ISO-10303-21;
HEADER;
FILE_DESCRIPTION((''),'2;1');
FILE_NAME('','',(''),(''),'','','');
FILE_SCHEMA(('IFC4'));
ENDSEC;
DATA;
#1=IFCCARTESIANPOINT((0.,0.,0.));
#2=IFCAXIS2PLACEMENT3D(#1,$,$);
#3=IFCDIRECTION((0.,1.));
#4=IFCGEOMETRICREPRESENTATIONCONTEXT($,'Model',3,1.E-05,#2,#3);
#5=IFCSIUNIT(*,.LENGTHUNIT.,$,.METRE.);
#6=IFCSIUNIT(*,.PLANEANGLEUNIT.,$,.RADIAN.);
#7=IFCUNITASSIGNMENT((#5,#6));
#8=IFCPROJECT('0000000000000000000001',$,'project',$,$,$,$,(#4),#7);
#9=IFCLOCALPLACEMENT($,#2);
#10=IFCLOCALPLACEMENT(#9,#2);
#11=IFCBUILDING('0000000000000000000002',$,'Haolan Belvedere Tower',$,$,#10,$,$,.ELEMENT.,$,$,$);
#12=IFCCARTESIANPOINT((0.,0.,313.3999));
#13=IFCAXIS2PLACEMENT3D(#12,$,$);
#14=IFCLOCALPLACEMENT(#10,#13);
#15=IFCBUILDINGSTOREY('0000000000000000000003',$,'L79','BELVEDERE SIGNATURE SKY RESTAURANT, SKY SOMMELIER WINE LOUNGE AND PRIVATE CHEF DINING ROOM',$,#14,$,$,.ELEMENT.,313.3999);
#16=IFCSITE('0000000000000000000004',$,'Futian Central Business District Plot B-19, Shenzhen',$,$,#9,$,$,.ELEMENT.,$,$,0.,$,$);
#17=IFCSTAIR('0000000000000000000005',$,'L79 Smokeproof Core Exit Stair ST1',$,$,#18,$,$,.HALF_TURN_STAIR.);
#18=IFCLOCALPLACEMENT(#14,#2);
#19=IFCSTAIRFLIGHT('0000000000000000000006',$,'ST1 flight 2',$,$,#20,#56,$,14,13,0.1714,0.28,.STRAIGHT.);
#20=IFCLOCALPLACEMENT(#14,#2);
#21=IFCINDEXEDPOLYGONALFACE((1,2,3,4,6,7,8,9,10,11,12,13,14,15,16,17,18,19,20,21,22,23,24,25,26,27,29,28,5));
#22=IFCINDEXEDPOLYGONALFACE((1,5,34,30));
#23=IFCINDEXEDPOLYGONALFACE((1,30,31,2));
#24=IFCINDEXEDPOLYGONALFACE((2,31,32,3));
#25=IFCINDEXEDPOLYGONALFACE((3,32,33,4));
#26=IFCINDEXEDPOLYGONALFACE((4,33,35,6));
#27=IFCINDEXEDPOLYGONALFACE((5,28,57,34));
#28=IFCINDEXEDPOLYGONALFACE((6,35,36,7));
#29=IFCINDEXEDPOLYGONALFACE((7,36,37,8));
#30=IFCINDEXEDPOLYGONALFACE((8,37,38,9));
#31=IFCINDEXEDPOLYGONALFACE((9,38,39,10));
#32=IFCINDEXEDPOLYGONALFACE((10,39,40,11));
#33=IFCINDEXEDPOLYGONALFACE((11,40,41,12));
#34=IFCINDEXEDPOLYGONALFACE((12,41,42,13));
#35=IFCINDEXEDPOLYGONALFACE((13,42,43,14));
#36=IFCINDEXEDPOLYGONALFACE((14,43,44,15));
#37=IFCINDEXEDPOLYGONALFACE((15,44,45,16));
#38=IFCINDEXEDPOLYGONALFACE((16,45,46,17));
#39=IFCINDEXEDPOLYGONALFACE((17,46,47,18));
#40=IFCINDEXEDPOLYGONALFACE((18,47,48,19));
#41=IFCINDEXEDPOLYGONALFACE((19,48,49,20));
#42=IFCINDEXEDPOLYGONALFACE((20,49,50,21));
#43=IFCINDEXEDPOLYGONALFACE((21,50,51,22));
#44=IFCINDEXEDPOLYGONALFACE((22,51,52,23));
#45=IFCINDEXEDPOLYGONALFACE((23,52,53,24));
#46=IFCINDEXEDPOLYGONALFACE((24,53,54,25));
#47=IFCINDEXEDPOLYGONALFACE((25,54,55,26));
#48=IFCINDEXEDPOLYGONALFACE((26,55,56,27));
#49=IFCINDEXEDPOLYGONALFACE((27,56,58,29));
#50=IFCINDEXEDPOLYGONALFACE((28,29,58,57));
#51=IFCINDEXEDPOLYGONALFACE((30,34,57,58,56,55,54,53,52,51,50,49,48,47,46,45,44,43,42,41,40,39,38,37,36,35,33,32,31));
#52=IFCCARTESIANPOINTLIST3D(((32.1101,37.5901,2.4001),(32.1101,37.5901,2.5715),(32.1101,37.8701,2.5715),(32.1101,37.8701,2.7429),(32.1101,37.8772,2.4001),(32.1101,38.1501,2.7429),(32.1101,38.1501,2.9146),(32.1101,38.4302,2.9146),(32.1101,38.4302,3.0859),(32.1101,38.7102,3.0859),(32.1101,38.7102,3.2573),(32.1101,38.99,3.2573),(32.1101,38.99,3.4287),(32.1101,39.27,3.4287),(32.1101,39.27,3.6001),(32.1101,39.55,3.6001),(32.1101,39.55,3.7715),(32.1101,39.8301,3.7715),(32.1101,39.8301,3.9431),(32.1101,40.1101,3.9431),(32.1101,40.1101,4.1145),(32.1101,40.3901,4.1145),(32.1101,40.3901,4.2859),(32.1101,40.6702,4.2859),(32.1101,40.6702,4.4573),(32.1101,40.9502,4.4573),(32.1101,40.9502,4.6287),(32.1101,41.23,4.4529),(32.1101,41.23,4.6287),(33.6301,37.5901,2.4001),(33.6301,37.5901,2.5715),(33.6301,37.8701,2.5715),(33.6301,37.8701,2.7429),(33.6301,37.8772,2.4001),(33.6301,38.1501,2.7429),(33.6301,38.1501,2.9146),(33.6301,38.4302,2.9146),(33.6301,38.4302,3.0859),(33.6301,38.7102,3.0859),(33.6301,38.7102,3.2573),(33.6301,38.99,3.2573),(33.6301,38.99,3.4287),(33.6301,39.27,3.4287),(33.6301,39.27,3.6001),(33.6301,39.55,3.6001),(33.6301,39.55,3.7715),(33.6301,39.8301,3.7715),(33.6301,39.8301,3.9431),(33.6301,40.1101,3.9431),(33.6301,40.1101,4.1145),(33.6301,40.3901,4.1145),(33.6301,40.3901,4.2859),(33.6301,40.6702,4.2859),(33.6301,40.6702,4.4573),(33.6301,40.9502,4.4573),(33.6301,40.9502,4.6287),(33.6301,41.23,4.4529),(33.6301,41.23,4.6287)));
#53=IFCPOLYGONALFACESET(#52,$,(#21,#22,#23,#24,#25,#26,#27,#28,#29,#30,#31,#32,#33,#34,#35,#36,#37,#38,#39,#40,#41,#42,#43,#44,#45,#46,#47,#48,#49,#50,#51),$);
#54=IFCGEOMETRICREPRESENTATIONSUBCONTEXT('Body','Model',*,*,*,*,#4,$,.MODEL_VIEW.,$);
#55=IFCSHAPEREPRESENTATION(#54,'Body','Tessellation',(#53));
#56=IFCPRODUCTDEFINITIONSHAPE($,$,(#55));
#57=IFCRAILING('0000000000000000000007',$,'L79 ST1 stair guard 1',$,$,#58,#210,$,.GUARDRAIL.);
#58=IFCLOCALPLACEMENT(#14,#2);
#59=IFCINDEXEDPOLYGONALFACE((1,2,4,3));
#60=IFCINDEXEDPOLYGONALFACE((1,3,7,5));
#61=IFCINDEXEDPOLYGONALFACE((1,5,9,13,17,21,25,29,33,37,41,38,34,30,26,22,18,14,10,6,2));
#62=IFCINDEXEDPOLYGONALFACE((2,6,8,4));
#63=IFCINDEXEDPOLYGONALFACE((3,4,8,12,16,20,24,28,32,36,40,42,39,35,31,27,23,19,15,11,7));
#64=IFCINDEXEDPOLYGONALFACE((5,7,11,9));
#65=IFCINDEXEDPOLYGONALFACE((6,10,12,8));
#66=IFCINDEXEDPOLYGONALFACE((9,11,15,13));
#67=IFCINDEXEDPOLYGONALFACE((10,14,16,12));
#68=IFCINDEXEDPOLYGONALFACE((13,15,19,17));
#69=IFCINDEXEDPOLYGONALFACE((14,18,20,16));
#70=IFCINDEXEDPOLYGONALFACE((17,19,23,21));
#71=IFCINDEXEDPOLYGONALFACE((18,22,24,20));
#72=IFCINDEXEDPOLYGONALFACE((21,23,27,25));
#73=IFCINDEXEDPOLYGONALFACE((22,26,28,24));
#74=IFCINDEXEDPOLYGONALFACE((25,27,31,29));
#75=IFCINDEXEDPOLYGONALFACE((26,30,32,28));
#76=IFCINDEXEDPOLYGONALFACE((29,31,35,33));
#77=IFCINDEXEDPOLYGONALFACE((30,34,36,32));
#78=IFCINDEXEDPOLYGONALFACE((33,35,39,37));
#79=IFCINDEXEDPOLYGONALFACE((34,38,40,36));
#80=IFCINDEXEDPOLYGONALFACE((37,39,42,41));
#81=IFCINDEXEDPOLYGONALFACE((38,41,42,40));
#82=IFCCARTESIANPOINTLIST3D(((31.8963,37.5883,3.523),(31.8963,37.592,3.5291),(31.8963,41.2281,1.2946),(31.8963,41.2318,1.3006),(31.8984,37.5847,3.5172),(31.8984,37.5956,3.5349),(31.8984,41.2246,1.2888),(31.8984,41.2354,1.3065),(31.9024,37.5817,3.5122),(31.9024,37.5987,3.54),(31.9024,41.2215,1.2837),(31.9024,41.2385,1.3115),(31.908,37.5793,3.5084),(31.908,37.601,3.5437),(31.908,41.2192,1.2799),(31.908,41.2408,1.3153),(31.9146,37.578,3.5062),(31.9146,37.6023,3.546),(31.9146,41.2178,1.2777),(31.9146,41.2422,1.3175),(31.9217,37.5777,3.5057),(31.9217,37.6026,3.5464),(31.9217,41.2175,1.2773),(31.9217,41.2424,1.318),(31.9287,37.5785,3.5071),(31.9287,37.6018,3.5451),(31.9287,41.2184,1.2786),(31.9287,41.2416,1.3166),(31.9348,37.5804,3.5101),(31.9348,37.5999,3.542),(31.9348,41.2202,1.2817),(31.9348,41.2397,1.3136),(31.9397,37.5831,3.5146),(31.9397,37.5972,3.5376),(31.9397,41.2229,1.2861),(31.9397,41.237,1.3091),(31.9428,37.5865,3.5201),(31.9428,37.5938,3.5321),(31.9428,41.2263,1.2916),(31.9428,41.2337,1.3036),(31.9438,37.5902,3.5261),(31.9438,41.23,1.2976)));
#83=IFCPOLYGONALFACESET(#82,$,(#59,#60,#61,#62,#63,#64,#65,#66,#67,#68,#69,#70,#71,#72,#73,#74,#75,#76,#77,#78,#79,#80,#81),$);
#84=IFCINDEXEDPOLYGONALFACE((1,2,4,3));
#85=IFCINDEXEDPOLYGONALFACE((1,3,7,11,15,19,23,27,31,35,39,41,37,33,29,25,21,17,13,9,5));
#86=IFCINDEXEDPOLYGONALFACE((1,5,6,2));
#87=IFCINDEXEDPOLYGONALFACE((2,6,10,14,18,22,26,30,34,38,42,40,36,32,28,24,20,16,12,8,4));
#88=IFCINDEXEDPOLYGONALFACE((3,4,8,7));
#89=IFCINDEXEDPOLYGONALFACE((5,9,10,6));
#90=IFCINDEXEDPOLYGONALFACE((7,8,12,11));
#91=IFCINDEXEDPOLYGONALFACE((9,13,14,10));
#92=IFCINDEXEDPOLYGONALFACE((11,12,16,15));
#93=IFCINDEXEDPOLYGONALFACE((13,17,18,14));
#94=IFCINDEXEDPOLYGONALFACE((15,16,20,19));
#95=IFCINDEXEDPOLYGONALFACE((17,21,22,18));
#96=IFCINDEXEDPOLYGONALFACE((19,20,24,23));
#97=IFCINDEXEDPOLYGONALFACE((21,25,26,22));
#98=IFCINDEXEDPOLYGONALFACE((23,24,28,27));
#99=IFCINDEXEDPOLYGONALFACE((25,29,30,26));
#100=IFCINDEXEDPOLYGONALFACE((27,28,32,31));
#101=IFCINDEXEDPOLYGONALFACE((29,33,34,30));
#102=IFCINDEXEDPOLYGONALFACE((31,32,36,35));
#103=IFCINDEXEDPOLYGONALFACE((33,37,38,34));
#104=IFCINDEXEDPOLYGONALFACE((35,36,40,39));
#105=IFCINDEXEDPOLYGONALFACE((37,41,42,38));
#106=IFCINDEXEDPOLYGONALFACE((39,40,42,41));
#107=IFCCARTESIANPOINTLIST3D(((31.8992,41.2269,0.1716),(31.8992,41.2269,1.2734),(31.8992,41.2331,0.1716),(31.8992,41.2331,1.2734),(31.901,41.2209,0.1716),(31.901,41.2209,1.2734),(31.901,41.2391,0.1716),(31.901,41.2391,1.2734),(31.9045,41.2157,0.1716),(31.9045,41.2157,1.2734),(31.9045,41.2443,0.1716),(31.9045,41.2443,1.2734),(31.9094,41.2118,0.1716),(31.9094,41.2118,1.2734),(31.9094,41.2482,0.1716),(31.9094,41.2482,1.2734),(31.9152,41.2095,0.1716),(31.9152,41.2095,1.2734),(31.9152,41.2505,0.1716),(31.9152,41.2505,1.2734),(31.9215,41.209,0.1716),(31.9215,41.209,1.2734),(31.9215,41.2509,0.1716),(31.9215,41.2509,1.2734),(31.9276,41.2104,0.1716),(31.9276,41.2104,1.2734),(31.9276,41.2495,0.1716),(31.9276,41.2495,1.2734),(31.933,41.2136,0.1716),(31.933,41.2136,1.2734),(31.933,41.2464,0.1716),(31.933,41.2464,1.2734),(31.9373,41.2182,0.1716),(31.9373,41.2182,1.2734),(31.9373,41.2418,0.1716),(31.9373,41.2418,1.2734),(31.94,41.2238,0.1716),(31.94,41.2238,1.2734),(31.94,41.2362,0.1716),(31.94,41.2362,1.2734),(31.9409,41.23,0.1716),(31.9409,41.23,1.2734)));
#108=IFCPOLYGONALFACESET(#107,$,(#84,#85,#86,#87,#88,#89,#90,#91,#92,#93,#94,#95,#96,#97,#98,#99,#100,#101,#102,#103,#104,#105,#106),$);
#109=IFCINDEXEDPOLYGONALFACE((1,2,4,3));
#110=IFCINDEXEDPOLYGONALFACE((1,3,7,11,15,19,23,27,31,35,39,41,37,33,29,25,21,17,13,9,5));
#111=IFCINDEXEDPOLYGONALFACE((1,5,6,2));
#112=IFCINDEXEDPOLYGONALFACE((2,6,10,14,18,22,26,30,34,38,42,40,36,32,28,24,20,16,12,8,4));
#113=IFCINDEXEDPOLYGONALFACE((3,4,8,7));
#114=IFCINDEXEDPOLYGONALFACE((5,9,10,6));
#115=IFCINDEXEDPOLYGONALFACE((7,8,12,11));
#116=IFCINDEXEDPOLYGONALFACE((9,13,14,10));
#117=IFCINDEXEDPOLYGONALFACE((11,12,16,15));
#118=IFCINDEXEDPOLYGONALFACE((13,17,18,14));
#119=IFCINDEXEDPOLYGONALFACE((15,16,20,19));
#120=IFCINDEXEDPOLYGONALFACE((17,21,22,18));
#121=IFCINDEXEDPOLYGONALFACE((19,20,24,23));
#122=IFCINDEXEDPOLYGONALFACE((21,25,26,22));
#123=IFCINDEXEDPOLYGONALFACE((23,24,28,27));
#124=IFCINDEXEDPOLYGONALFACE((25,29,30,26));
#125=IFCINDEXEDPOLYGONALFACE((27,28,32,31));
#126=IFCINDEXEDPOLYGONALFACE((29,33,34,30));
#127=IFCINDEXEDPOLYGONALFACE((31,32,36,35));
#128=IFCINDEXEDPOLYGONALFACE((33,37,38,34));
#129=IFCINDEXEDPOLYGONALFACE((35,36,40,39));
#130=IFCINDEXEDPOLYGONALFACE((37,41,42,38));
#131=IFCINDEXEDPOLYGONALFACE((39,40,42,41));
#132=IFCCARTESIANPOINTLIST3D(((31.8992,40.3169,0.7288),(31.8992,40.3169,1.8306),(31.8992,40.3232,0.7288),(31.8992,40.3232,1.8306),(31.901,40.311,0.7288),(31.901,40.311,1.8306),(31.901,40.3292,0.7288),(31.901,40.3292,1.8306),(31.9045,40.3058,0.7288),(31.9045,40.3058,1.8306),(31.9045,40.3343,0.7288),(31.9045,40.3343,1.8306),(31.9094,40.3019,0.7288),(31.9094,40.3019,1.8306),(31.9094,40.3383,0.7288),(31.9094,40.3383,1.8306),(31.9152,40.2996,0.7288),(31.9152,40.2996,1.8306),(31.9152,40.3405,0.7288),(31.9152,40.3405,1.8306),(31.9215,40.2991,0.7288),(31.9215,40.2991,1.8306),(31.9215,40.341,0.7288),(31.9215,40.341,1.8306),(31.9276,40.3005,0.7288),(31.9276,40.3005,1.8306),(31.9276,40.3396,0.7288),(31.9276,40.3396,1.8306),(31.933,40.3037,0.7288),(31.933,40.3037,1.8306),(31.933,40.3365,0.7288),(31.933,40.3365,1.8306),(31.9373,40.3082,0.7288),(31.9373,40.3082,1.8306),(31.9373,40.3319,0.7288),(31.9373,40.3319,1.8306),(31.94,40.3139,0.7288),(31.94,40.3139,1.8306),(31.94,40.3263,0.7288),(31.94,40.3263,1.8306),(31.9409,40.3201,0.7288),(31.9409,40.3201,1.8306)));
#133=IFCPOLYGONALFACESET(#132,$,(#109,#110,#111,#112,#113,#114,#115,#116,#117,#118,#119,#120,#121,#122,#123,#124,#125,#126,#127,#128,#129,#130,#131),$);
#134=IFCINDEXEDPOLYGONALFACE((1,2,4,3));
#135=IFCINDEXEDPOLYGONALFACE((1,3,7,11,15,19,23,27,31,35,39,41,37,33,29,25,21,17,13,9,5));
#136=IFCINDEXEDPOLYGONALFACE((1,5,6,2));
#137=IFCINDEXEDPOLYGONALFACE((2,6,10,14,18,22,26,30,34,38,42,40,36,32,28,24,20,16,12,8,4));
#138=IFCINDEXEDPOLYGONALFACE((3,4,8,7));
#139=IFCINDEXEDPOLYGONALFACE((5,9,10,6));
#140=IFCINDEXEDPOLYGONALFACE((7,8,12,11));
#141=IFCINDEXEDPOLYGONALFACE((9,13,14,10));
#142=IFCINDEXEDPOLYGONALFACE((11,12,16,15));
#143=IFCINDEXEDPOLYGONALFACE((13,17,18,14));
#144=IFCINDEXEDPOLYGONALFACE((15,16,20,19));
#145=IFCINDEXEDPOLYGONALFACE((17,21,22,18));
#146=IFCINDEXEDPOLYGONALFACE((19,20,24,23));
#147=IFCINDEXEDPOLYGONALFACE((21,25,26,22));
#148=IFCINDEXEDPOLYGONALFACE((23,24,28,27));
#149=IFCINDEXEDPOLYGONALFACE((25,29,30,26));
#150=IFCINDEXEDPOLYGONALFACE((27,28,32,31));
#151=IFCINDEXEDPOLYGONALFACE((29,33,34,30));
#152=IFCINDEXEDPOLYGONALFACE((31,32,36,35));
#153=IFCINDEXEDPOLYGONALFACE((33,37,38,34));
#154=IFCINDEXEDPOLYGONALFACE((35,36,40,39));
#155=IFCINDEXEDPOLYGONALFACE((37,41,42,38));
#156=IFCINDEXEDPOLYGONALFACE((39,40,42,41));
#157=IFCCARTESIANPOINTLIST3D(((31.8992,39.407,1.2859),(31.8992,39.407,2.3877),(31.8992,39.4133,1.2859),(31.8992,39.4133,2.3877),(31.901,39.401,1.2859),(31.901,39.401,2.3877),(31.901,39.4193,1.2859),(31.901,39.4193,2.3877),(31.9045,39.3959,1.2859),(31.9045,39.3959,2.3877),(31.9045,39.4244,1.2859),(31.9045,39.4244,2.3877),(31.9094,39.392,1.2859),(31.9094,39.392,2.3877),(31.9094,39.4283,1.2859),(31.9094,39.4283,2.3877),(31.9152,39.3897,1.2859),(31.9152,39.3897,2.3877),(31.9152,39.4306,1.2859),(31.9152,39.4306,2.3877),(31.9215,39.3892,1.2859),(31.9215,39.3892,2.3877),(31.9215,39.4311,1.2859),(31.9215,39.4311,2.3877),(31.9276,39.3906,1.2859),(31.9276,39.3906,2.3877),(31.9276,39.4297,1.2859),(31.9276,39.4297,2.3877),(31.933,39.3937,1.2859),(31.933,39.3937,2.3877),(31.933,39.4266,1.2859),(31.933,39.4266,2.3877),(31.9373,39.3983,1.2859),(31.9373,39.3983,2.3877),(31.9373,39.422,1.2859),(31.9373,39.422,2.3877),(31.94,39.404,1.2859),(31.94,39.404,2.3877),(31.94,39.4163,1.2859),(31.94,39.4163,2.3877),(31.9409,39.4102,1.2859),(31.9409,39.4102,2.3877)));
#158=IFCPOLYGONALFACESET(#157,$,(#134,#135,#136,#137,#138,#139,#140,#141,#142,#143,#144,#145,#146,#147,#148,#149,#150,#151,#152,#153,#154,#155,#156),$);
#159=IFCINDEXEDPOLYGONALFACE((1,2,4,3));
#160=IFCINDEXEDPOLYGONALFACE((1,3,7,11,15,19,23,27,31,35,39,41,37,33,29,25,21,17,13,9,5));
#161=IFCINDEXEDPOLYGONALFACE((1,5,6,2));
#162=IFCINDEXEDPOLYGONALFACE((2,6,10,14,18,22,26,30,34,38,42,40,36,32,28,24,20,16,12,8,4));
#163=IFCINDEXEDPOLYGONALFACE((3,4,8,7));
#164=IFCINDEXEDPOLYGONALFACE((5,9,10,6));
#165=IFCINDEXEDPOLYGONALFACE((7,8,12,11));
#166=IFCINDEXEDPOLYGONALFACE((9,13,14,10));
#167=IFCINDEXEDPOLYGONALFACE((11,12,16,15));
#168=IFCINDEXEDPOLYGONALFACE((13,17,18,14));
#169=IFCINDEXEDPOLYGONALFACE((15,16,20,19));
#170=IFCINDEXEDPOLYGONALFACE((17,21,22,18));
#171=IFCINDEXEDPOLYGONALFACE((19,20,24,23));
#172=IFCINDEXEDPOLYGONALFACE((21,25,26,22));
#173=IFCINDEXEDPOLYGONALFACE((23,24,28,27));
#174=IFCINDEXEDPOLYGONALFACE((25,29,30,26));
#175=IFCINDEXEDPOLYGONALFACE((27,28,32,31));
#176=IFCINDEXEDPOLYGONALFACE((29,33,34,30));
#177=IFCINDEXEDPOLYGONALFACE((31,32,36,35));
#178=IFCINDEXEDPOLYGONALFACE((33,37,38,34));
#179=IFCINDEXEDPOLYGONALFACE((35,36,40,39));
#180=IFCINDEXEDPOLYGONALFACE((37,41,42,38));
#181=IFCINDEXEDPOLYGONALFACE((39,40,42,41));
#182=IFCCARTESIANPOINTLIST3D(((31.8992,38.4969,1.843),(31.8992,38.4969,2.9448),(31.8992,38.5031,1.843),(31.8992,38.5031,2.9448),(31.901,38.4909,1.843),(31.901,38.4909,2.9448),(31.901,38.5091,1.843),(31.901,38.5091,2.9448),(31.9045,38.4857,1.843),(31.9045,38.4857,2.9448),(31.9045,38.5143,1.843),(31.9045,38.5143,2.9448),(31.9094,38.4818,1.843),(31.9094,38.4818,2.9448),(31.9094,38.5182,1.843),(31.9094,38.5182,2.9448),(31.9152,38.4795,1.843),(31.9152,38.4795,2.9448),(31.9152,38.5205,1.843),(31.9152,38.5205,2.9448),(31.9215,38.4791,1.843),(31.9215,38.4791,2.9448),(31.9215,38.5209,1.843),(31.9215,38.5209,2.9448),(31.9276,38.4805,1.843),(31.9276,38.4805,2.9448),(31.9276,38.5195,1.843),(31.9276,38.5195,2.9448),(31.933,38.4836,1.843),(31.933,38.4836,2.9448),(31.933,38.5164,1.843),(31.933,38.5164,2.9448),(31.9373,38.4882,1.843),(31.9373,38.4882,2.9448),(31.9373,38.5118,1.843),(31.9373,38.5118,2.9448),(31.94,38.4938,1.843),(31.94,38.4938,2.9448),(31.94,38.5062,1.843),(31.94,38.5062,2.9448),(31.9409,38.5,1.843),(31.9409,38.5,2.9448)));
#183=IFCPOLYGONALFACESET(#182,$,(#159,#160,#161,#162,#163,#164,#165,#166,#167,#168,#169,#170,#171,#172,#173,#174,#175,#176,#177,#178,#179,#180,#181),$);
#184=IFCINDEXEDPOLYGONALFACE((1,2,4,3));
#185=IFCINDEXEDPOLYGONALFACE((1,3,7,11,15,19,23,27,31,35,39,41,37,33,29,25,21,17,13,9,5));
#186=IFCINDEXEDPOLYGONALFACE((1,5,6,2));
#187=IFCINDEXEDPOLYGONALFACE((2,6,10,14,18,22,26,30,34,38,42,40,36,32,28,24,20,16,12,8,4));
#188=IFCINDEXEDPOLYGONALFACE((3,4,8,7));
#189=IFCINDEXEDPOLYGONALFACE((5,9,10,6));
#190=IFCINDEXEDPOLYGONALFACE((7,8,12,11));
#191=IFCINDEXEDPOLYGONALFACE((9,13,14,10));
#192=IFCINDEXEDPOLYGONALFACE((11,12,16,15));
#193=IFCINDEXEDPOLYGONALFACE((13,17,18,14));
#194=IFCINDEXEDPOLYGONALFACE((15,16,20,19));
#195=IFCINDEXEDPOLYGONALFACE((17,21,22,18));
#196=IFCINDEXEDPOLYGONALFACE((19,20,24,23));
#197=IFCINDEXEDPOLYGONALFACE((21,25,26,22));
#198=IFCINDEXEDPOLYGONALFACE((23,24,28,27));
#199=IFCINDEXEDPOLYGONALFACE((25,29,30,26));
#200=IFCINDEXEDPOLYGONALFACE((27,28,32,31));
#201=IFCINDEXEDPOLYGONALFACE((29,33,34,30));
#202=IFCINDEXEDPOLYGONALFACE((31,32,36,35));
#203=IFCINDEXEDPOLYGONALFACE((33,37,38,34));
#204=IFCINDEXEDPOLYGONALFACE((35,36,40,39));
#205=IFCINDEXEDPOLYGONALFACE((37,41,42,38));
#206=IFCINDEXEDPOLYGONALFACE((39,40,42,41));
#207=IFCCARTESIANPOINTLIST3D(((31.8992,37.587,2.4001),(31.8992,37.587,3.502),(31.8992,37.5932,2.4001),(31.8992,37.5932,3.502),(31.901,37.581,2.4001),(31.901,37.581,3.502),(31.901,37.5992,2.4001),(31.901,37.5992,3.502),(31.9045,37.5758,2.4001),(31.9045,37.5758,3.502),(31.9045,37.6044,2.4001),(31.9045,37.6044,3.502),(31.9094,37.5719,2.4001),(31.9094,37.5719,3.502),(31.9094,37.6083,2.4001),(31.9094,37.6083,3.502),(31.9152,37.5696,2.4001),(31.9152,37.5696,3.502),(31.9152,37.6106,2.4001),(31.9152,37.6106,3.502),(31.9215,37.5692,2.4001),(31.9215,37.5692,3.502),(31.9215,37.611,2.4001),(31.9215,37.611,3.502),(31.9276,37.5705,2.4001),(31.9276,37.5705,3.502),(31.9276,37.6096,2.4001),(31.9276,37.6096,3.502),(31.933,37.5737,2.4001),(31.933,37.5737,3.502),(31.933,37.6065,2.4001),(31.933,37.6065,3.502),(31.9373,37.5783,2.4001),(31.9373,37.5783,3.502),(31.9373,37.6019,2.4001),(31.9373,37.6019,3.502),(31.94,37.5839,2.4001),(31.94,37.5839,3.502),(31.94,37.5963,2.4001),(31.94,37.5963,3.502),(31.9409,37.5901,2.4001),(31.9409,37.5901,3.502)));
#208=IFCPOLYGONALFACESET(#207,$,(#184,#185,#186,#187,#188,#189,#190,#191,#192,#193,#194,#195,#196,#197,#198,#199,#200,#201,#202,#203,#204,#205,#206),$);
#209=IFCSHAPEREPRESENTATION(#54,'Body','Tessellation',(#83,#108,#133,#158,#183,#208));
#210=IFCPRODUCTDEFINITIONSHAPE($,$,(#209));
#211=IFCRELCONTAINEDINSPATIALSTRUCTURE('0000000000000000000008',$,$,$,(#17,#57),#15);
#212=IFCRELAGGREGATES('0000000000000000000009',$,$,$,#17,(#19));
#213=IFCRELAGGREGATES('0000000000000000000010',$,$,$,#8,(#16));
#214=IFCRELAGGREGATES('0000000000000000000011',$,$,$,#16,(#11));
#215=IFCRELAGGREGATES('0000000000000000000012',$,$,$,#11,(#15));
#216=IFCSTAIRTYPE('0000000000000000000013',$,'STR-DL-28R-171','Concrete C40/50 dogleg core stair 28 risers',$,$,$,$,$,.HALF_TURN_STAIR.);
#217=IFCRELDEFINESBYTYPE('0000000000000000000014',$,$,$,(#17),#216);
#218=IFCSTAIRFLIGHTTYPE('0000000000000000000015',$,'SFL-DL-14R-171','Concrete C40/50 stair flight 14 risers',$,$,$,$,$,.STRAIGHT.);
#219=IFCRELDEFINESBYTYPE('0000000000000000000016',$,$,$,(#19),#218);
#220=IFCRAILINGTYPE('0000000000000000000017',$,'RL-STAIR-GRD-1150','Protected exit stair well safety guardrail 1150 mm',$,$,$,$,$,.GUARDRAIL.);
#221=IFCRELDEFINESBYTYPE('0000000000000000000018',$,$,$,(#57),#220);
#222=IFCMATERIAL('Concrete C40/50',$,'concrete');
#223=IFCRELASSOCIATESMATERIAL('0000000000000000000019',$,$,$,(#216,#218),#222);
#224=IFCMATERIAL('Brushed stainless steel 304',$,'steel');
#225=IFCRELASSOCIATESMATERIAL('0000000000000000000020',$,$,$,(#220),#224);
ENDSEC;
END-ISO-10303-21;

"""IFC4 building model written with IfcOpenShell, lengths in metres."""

from ifc_helpers import new_model, si_unit, direction, frame, origin, origin_2d, place, context, subcontext, project, spatial, polyline, circle, outline, extrude, material, type_object, element, aggregate, save


model = new_model("IFC4")

# Units and contexts
model_context = context("Model", 3, precision=1e-05, world=origin(), true_north=direction((0.0, 1.0)))
body_context = subcontext(model_context, "Body", "Model", "MODEL_VIEW")
ifc_project = project(units=[si_unit("LENGTHUNIT", "METRE"), si_unit("PLANEANGLEUNIT", "RADIAN")], contexts=[model_context])

# Site, building, storey
site_placement = place(None, origin())
site = spatial("IfcSite", under=ifc_project, at=site_placement, Name="Futian Central Business District Plot B-19, Shenzhen", CompositionType="ELEMENT", RefElevation=0.0)
building_placement = place(site_placement, origin())
building = spatial("IfcBuilding", under=site, at=building_placement, Name="Haolan Belvedere Tower", CompositionType="ELEMENT")
storey_placement = place(building_placement, frame((0.0, 0.0, 313.3999)))
storey = spatial("IfcBuildingStorey", under=building, at=storey_placement, Name="L79", Description="BELVEDERE SIGNATURE SKY RESTAURANT, SKY SOMMELIER WINE LOUNGE AND PRIVATE CHEF DINING ROOM", CompositionType="ELEMENT", Elevation=313.3999)

# Stair, stair flight
ifc_material_1 = material(Name="Concrete C40/50", Category="concrete")
stair_type = type_object("IfcStairType", Name="STR-DL-28R-171", Description="Concrete C40/50 dogleg core stair 28 risers", PredefinedType="HALF_TURN_STAIR", material=ifc_material_1)
stair_placement = place(storey_placement, origin())
stair = element("IfcStair", 1, at=stair_placement, inside=storey, type_object=stair_type, Name="L79 Smokeproof Core Exit Stair ST1", PredefinedType="HALF_TURN_STAIR")
stair_flight_type = type_object("IfcStairFlightType", Name="SFL-DL-14R-171", Description="Concrete C40/50 stair flight 14 risers", PredefinedType="STRAIGHT", material=ifc_material_1)
stair_flight_1_placement = place(storey_placement, frame((32.8701, 37.5901, 2.4001), z_axis=(0.0, 0.0, 1.0), x_axis=(0.0, 1.0, 0.0)))
stair_flight_1 = element("IfcStairFlight", 2, at=stair_flight_1_placement, type_object=stair_flight_type, Name="ST1 flight 2", NumberOfRisers=14, NumberOfTreads=13, PredefinedType="STRAIGHT", RiserHeight=0.1714, TreadLength=0.28, context=body_context, shape_type="SweptSolid", body=[
    extrude(outline(polyline([(0.0, 0.0), (0.0, 0.1714), (0.28, 0.1714), (0.28, 0.3428), (0.5601, 0.3428), (0.5601, 0.5144), (0.8401, 0.5144), (0.8401, 0.6858), (1.1201, 0.6858), (1.1201, 0.8572), (1.3999, 0.8572), (1.3999, 1.0286), (1.6799, 1.0286), (1.6799, 1.2), (1.96, 1.2), (1.96, 1.3713), (2.24, 1.3713), (2.24, 1.543), (2.52, 1.543), (2.52, 1.7144), (2.8, 1.7144), (2.8, 1.8857), (3.0801, 1.8857), (3.0801, 2.0571), (3.3601, 2.0571), (3.3601, 2.2285), (3.6399, 2.2285), (3.6399, 2.3999), (3.6399, 2.0527), (0.2871, 0.0), (0.0, 0.0)])), frame((0.0, 0.76, 0.0), z_axis=(0.0, -1.0, 0.0), x_axis=(1.0, 0.0, 0.0)), (0.0, 0.0, 1.0), 1.52),
])
aggregate(stair, [stair_flight_1])

# Railing
ifc_material_2 = material(Name="Brushed stainless steel 304", Category="steel")
railing_type_1 = type_object("IfcRailingType", Name="RL-STAIR-GRD-1150", Description="Protected exit stair well safety guardrail 1150 mm", PredefinedType="GUARDRAIL", material=ifc_material_2)
railing_1_placement = place(storey_placement, frame((31.9199, 41.23, 0.1716)))
element("IfcRailing", 3, at=railing_1_placement, inside=storey, type_object=railing_type_1, Name="L79 ST1 stair guard 1", PredefinedType="GUARDRAIL", context=body_context, shape_type="SweptSolid", body=[
    extrude(circle(Radius=0.0239, at=origin_2d()), frame((0.0, 0.0, 1.126), z_axis=(0.0, -0.85285, 0.522156), x_axis=(1.0, 0.0, 0.0)), (0.0, 0.0, 1.0), 4.2678),
    extrude(circle(Radius=0.021, at=origin_2d()), origin(), (0.0, 0.0, 1.0), 1.1018),
    extrude(circle(Radius=0.021, at=origin_2d()), frame((0.0, -0.9099, 0.5571)), (0.0, 0.0, 1.0), 1.1018),
    extrude(circle(Radius=0.021, at=origin_2d()), frame((0.0, -1.8198, 1.1143)), (0.0, 0.0, 1.0), 1.1018),
    extrude(circle(Radius=0.021, at=origin_2d()), frame((0.0, -2.73, 1.6714)), (0.0, 0.0, 1.0), 1.1018),
    extrude(circle(Radius=0.021, at=origin_2d()), frame((0.0, -3.6399, 2.2285)), (0.0, 0.0, 1.0), 1.1018),
])

save(model, "model.ifc")
